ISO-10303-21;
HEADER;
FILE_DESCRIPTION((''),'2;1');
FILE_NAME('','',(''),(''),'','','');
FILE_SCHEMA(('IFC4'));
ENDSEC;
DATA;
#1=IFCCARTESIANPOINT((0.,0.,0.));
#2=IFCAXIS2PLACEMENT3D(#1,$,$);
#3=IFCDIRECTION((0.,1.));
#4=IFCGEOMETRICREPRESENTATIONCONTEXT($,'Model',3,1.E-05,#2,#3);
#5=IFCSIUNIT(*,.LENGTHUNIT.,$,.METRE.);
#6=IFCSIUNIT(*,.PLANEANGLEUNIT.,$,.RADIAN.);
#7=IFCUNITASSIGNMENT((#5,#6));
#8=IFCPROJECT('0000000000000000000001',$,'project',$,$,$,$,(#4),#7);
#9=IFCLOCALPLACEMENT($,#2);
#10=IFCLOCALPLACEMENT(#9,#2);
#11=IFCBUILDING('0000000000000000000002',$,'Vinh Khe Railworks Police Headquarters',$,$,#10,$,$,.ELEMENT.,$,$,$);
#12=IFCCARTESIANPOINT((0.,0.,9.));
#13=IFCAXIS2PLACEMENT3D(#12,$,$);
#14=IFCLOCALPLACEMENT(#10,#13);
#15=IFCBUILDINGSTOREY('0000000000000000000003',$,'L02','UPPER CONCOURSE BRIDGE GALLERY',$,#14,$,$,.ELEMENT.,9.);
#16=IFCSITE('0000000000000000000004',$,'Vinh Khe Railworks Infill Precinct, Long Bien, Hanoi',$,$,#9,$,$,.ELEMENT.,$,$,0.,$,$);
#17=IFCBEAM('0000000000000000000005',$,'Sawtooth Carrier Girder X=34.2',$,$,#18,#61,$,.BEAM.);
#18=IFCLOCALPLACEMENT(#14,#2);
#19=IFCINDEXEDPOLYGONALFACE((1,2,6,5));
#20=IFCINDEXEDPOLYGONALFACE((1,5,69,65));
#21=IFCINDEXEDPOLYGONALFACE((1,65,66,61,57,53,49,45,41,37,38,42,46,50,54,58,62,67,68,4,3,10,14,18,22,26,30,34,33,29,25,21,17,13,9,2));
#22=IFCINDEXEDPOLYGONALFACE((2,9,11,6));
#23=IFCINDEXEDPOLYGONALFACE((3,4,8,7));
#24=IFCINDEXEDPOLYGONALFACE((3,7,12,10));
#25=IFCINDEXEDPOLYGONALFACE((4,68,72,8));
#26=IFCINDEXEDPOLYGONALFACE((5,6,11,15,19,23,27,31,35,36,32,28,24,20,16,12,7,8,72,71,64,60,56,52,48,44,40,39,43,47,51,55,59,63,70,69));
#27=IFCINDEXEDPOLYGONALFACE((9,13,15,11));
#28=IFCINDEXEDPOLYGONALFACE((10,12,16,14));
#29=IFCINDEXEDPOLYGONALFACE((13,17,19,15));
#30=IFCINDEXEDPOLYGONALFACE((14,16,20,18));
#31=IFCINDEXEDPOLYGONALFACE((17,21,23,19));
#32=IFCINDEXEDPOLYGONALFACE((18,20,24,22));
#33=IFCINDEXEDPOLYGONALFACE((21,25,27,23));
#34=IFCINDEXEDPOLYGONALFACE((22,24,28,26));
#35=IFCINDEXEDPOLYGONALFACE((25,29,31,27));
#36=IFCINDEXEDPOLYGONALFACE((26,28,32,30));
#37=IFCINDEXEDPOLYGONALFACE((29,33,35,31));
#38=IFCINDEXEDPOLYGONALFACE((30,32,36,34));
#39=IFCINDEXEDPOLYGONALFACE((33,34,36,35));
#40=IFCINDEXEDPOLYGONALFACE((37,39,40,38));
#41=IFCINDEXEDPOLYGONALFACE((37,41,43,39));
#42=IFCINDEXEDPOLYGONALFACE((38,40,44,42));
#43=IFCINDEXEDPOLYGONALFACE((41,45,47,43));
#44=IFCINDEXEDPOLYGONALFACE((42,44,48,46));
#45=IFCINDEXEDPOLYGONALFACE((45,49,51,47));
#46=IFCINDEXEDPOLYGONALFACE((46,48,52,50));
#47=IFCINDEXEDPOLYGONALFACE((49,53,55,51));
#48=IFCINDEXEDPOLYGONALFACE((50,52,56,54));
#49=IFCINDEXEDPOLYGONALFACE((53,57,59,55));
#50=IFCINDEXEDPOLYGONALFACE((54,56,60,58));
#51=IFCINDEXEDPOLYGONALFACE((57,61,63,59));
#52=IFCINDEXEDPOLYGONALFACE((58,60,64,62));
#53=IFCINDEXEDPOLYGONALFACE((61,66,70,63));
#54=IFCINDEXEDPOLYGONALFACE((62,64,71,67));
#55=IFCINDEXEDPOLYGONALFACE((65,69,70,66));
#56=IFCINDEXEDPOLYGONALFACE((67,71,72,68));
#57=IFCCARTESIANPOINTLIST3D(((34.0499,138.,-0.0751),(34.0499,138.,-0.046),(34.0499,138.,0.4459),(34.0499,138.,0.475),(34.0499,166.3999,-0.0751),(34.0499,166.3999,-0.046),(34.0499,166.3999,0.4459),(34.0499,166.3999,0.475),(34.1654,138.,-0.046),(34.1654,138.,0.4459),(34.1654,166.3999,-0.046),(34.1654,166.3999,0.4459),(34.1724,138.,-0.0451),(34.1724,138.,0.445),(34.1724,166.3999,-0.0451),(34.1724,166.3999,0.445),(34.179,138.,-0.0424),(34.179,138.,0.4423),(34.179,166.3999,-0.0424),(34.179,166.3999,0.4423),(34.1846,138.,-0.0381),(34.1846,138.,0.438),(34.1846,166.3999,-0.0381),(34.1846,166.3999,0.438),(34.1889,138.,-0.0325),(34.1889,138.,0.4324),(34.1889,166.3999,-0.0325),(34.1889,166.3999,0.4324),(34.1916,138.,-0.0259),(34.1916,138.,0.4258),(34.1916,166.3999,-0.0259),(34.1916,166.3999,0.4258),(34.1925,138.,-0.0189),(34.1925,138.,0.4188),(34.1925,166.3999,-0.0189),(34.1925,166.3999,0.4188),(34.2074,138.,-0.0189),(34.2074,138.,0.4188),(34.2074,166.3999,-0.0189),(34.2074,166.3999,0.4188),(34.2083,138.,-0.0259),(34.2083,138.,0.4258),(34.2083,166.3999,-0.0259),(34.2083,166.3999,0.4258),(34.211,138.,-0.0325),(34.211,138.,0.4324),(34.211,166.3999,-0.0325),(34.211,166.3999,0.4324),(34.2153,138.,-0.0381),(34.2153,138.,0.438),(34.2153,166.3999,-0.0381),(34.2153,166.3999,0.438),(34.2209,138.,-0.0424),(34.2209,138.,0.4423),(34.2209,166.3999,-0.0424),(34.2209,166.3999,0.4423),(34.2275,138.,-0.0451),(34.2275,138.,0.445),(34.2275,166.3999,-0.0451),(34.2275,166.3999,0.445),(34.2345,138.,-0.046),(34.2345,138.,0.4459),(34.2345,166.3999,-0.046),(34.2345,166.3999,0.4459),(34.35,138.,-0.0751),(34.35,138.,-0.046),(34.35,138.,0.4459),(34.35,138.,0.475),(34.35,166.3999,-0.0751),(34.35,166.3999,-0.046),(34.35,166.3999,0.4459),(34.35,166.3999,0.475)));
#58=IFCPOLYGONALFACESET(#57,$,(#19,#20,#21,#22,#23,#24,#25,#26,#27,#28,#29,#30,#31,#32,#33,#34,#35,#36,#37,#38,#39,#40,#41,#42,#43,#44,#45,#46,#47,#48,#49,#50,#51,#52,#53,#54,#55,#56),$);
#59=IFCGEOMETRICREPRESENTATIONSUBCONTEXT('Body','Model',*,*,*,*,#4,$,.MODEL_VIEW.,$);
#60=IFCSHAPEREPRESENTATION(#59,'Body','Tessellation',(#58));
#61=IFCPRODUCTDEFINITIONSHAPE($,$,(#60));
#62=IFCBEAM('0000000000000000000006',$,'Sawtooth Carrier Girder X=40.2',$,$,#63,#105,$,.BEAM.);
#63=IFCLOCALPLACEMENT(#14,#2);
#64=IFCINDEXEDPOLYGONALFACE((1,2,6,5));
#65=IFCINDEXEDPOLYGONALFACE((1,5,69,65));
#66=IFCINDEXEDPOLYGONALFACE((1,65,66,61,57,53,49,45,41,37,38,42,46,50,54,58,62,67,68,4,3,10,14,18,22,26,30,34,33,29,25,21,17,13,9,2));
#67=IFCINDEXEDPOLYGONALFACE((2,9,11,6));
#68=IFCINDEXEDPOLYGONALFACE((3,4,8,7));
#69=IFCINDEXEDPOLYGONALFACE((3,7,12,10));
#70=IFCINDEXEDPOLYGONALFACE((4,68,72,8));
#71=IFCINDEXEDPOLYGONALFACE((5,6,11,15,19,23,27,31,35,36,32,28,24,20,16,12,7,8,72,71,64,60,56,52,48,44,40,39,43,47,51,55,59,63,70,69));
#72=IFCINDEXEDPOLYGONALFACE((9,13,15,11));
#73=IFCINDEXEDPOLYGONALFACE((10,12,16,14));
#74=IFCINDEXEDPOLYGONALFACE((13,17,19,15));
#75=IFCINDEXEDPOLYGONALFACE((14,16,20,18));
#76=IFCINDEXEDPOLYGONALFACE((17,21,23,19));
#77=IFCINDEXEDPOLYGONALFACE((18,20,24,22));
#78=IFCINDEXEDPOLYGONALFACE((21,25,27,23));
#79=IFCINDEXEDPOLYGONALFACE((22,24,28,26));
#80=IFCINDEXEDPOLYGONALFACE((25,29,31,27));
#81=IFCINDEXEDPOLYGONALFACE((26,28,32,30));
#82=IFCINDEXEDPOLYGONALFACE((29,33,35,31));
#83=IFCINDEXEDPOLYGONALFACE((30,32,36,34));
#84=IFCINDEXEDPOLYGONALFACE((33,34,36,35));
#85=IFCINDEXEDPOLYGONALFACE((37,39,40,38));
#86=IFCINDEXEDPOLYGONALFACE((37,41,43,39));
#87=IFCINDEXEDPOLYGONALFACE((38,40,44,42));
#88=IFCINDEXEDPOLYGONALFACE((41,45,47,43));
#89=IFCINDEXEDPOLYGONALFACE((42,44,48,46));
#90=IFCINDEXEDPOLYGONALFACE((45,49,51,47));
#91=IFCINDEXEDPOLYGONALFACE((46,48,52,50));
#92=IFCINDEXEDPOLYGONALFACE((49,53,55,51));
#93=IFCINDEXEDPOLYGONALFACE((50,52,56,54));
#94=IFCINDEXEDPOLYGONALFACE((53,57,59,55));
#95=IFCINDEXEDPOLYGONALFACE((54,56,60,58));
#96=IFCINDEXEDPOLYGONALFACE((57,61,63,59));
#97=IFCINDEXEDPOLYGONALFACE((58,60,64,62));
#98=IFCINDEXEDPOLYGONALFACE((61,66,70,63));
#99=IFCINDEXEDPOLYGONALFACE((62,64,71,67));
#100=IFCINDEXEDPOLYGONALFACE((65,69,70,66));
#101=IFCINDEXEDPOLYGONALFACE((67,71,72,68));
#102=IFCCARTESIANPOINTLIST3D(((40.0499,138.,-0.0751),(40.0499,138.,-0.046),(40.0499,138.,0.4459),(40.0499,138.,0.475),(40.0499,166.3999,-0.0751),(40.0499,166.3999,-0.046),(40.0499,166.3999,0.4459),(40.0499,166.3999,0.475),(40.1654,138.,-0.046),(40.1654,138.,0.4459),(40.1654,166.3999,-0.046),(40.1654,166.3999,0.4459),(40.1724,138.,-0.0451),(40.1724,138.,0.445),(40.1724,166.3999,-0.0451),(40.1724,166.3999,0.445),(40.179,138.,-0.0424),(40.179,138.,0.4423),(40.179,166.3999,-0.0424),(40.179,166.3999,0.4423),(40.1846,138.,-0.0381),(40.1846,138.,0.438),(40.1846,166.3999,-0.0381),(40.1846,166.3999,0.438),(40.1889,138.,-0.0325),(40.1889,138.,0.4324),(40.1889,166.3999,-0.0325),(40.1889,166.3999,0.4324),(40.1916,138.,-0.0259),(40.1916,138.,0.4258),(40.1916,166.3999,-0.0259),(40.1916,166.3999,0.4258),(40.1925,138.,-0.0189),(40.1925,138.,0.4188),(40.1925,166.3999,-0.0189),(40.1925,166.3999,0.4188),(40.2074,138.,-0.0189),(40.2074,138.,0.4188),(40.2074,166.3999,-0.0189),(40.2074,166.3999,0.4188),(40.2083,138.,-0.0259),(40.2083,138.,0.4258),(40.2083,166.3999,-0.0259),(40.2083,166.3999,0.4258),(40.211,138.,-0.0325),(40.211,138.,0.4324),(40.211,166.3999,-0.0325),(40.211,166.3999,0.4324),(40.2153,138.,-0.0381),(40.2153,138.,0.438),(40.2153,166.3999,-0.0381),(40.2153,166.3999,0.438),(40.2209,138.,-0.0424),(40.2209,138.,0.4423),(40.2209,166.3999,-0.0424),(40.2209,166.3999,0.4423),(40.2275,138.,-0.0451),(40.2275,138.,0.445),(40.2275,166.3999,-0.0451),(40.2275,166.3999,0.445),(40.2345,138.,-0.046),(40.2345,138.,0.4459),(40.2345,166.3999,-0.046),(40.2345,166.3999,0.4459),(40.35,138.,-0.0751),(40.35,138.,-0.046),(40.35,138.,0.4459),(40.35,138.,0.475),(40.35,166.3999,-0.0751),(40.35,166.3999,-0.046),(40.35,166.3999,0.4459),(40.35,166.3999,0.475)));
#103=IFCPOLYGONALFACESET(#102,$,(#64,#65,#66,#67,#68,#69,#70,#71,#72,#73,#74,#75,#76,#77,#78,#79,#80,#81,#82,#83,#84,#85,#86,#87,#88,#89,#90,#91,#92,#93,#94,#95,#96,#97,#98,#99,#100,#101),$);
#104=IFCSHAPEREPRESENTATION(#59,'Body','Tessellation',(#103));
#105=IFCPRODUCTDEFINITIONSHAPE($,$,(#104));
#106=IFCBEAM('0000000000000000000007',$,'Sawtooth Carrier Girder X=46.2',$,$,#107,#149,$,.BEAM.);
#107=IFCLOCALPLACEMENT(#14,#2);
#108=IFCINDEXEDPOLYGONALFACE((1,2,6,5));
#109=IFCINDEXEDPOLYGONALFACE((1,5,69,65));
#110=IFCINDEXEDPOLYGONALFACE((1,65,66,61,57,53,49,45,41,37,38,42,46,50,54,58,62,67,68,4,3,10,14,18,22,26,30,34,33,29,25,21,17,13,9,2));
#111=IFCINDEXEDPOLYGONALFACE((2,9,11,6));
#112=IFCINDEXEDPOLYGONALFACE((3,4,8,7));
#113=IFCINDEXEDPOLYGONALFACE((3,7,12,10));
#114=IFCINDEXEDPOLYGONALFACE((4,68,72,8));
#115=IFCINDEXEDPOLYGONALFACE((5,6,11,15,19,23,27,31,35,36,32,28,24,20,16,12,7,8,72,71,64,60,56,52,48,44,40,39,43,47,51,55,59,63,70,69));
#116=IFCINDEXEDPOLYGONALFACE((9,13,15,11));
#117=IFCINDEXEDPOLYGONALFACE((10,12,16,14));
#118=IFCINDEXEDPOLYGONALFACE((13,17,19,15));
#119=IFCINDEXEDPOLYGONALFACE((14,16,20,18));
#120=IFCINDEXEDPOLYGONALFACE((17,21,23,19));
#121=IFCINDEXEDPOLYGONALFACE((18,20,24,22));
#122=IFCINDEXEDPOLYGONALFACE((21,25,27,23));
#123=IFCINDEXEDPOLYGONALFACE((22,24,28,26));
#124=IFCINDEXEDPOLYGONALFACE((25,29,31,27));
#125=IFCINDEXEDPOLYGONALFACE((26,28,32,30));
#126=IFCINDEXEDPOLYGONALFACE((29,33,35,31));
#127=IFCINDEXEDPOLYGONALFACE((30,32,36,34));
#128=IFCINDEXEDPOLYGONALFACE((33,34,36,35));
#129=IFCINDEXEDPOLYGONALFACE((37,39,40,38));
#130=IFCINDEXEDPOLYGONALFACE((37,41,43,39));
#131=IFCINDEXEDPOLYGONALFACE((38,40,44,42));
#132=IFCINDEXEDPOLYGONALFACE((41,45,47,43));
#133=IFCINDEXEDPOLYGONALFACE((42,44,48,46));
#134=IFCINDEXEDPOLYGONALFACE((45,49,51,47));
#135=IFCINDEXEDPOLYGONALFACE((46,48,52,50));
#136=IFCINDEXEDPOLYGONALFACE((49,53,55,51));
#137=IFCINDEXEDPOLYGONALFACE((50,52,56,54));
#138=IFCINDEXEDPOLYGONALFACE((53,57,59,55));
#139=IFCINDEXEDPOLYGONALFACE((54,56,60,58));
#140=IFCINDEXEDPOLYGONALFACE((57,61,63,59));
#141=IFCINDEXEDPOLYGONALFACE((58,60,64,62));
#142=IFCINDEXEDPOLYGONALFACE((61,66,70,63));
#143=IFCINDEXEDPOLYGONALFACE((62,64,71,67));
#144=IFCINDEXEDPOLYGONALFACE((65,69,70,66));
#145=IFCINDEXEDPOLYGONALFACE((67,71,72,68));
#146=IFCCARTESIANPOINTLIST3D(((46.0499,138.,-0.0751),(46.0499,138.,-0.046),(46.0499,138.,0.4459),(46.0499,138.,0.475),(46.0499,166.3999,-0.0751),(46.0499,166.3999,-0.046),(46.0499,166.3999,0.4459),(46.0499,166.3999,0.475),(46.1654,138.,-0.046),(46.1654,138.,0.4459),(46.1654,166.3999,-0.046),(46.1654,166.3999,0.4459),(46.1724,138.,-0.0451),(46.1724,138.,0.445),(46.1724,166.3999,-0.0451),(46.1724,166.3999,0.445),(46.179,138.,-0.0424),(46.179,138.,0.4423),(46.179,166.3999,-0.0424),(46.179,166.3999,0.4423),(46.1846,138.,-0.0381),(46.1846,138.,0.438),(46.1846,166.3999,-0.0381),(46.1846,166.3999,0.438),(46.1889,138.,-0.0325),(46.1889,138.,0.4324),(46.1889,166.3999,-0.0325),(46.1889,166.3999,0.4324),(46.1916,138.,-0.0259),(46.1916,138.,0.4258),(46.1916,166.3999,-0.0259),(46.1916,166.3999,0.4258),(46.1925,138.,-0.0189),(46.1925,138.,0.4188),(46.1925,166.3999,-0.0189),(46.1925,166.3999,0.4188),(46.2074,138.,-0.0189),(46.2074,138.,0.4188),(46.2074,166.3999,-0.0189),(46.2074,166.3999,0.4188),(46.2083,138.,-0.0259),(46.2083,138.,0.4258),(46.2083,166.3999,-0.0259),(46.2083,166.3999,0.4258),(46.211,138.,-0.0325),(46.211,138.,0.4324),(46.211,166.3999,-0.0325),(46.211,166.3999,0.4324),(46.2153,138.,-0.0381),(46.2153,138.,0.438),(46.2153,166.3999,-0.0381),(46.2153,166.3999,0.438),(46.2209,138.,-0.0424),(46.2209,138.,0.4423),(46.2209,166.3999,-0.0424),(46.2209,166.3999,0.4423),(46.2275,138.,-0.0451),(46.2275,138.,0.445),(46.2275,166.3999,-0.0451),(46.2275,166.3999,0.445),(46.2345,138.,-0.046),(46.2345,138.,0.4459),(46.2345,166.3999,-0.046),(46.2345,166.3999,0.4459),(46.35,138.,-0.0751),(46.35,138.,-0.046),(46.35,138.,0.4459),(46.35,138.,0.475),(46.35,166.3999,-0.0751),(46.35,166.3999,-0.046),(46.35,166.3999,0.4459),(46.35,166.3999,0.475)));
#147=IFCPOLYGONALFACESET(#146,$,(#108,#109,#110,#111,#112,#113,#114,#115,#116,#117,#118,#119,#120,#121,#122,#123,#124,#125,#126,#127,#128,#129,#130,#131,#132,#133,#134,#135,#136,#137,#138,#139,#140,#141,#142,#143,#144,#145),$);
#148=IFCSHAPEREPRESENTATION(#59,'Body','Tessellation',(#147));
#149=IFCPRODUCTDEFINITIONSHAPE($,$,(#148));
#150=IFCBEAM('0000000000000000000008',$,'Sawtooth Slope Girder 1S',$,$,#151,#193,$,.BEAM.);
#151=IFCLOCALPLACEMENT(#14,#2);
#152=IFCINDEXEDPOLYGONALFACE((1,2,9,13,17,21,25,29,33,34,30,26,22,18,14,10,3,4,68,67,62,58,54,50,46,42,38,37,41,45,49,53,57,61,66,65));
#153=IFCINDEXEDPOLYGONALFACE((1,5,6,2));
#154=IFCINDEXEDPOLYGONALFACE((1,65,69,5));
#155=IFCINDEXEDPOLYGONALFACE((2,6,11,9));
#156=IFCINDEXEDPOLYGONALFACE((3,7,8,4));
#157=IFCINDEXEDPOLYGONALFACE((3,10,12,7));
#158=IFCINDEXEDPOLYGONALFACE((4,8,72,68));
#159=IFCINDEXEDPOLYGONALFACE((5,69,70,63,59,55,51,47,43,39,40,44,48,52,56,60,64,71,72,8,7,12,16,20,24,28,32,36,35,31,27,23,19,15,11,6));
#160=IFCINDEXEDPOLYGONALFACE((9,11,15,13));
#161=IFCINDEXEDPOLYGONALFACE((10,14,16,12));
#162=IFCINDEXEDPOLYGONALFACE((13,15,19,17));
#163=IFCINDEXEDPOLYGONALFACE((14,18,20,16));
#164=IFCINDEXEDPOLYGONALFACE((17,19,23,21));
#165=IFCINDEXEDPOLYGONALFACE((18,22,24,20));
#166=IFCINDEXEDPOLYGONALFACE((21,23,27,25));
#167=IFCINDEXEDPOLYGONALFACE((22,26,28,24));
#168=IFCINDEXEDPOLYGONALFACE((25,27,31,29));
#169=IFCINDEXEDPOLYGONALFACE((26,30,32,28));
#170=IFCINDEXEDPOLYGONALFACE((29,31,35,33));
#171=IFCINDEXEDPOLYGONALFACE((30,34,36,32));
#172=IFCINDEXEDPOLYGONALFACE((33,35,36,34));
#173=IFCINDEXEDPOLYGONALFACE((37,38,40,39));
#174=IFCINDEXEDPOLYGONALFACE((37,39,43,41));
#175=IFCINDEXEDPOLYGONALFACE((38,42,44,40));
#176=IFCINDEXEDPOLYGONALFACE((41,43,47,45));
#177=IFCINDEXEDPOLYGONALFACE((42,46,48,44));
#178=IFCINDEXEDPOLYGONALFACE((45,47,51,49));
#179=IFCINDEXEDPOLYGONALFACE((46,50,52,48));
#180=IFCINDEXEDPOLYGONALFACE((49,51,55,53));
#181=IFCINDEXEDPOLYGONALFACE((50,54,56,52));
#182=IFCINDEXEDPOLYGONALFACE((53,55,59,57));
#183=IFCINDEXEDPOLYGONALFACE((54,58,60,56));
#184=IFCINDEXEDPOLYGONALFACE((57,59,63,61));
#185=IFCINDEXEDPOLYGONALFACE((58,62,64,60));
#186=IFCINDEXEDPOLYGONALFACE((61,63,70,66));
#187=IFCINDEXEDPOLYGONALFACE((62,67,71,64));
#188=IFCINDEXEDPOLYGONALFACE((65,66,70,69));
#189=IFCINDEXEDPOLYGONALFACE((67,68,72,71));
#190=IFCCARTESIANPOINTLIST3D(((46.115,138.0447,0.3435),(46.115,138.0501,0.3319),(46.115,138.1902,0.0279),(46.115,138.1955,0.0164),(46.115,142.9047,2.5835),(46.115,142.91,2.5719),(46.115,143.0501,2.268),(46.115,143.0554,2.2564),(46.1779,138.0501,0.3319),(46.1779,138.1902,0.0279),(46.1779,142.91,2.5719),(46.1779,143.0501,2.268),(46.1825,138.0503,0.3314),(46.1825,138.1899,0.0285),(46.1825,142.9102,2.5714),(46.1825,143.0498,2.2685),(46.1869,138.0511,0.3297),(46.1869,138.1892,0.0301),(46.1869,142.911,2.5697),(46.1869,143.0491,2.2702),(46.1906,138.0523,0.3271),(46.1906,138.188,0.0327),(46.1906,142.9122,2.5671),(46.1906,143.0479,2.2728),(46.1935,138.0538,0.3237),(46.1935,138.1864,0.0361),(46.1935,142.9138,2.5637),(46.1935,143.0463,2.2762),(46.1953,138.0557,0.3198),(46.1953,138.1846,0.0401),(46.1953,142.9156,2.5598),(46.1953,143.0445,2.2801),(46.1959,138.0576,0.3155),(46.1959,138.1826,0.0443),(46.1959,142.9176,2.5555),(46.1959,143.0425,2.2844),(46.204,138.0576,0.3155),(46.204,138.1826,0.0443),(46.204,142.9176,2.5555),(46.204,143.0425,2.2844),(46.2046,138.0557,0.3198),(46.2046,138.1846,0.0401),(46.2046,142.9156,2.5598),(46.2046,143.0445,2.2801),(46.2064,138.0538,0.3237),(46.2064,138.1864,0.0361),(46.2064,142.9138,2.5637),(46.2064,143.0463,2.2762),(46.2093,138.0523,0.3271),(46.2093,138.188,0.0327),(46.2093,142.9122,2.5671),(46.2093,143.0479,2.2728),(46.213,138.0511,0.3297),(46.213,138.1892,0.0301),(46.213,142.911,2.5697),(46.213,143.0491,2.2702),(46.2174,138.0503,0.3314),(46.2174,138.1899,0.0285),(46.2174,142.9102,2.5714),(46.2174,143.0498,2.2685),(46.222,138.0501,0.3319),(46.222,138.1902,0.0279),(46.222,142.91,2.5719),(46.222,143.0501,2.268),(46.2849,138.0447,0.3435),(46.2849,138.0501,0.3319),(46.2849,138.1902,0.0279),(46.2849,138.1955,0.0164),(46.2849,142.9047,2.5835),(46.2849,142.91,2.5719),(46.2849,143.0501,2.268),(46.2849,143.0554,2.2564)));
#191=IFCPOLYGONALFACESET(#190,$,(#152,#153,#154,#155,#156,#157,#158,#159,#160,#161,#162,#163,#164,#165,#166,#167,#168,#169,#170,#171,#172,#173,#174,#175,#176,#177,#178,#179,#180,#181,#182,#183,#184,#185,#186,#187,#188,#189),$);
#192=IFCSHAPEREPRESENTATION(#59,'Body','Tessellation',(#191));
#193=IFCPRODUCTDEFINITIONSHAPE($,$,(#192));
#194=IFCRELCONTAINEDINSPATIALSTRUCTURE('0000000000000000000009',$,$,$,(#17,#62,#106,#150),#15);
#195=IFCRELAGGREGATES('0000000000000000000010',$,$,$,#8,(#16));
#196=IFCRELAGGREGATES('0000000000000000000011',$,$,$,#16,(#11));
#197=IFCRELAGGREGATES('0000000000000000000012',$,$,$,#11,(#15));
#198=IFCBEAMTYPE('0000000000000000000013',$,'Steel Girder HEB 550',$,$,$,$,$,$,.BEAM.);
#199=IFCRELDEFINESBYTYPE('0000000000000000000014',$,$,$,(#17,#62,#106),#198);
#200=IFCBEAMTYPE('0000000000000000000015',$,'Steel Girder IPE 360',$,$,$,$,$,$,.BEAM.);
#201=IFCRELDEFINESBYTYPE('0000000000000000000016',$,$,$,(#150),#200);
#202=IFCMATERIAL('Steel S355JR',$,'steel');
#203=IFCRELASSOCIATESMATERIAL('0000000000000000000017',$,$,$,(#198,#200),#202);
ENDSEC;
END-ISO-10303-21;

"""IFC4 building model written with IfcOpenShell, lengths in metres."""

from ifc_helpers import new_model, si_unit, direction, frame, origin, origin_2d, place, context, subcontext, project, spatial, i_section, extrude, material, material_profile, profile_set, type_object, element, save


model = new_model("IFC4")

# Units and contexts
model_context = context("Model", 3, precision=1e-05, world=origin(), true_north=direction((0.0, 1.0)))
body_context = subcontext(model_context, "Body", "Model", "MODEL_VIEW")
ifc_project = project(units=[si_unit("LENGTHUNIT", "METRE"), si_unit("PLANEANGLEUNIT", "RADIAN")], contexts=[model_context])

# Site, building, storey
site_placement = place(None, origin())
site = spatial("IfcSite", under=ifc_project, at=site_placement, Name="Vinh Khe Railworks Infill Precinct, Long Bien, Hanoi", CompositionType="ELEMENT", RefElevation=0.0)
building_placement = place(site_placement, origin())
building = spatial("IfcBuilding", under=site, at=building_placement, Name="Vinh Khe Railworks Police Headquarters", CompositionType="ELEMENT")
storey_placement = place(building_placement, frame((0.0, 0.0, 9.0)))
storey = spatial("IfcBuildingStorey", under=building, at=storey_placement, Name="L02", Description="UPPER CONCOURSE BRIDGE GALLERY", CompositionType="ELEMENT", Elevation=9.0)

# Shared definitions
ifc_material = material(Name="Steel S355JR", Category="steel")

# Beams
ifc_material_profile_1 = material_profile(ifc_material, i_section(OverallWidth=0.3, OverallDepth=0.55, WebThickness=0.0149, FlangeThickness=0.0291, FilletRadius=0.0271, at=origin_2d()), Name="HEB 550")
ifc_profile_set_1 = profile_set([ifc_material_profile_1], Name="Steel S355JR")
beam_type_1 = type_object("IfcBeamType", Name="Steel Girder HEB 550", PredefinedType="BEAM", material=ifc_profile_set_1)
for number, where, z_axis, x_axis, name in (
    (1, (34.2, 138.0, 0.2), (0.0, 1.0, 0.0), (-1.0, 0.0, 0.0), "Sawtooth Carrier Girder X=34.2"),
    (2, (40.2, 138.0, 0.2), (0.0, 1.0, 0.0), (-1.0, 0.0, 0.0), "Sawtooth Carrier Girder X=40.2"),
    (3, (46.2, 138.0, 0.2), (0.0, 1.0, 0.0), (-1.0, 0.0, 0.0), "Sawtooth Carrier Girder X=46.2"),
):
    element("IfcBeam", number, at=place(storey_placement, frame(where, z_axis=z_axis, x_axis=x_axis)), inside=storey, type_object=beam_type_1, Name=name, PredefinedType="BEAM", context=body_context, shape_type="SweptSolid", body=[
        extrude(i_section(OverallWidth=0.3, OverallDepth=0.55, WebThickness=0.0149, FlangeThickness=0.0291, FilletRadius=0.0271, at=origin_2d()), origin(), (0.0, 0.0, 1.0), 28.3999),
    ])
ifc_material_profile_2 = material_profile(ifc_material, i_section(OverallWidth=0.1699, OverallDepth=0.3601, WebThickness=0.0081, FlangeThickness=0.0127, FilletRadius=0.0181, at=origin_2d()), Name="IPE 360")
ifc_profile_set_2 = profile_set([ifc_material_profile_2], Name="Steel S355JR")
beam_type_2 = type_object("IfcBeamType", Name="Steel Girder IPE 360", PredefinedType="BEAM", material=ifc_profile_set_2)
beam_1_placement = place(storey_placement, frame((46.2, 138.1201, 0.1799), z_axis=(0.0, 0.908174, 0.418592), x_axis=(-1.0, 0.0, 0.0)))
element("IfcBeam", 4, at=beam_1_placement, inside=storey, type_object=beam_type_2, Name="Sawtooth Slope Girder 1S", PredefinedType="BEAM", context=body_context, shape_type="SweptSolid", body=[
    extrude(i_section(OverallWidth=0.1699, OverallDepth=0.3601, WebThickness=0.0081, FlangeThickness=0.0127, FilletRadius=0.0181, at=origin_2d()), origin(), (0.0, 0.0, 1.0), 5.3513),
])

save(model, "model.ifc")
